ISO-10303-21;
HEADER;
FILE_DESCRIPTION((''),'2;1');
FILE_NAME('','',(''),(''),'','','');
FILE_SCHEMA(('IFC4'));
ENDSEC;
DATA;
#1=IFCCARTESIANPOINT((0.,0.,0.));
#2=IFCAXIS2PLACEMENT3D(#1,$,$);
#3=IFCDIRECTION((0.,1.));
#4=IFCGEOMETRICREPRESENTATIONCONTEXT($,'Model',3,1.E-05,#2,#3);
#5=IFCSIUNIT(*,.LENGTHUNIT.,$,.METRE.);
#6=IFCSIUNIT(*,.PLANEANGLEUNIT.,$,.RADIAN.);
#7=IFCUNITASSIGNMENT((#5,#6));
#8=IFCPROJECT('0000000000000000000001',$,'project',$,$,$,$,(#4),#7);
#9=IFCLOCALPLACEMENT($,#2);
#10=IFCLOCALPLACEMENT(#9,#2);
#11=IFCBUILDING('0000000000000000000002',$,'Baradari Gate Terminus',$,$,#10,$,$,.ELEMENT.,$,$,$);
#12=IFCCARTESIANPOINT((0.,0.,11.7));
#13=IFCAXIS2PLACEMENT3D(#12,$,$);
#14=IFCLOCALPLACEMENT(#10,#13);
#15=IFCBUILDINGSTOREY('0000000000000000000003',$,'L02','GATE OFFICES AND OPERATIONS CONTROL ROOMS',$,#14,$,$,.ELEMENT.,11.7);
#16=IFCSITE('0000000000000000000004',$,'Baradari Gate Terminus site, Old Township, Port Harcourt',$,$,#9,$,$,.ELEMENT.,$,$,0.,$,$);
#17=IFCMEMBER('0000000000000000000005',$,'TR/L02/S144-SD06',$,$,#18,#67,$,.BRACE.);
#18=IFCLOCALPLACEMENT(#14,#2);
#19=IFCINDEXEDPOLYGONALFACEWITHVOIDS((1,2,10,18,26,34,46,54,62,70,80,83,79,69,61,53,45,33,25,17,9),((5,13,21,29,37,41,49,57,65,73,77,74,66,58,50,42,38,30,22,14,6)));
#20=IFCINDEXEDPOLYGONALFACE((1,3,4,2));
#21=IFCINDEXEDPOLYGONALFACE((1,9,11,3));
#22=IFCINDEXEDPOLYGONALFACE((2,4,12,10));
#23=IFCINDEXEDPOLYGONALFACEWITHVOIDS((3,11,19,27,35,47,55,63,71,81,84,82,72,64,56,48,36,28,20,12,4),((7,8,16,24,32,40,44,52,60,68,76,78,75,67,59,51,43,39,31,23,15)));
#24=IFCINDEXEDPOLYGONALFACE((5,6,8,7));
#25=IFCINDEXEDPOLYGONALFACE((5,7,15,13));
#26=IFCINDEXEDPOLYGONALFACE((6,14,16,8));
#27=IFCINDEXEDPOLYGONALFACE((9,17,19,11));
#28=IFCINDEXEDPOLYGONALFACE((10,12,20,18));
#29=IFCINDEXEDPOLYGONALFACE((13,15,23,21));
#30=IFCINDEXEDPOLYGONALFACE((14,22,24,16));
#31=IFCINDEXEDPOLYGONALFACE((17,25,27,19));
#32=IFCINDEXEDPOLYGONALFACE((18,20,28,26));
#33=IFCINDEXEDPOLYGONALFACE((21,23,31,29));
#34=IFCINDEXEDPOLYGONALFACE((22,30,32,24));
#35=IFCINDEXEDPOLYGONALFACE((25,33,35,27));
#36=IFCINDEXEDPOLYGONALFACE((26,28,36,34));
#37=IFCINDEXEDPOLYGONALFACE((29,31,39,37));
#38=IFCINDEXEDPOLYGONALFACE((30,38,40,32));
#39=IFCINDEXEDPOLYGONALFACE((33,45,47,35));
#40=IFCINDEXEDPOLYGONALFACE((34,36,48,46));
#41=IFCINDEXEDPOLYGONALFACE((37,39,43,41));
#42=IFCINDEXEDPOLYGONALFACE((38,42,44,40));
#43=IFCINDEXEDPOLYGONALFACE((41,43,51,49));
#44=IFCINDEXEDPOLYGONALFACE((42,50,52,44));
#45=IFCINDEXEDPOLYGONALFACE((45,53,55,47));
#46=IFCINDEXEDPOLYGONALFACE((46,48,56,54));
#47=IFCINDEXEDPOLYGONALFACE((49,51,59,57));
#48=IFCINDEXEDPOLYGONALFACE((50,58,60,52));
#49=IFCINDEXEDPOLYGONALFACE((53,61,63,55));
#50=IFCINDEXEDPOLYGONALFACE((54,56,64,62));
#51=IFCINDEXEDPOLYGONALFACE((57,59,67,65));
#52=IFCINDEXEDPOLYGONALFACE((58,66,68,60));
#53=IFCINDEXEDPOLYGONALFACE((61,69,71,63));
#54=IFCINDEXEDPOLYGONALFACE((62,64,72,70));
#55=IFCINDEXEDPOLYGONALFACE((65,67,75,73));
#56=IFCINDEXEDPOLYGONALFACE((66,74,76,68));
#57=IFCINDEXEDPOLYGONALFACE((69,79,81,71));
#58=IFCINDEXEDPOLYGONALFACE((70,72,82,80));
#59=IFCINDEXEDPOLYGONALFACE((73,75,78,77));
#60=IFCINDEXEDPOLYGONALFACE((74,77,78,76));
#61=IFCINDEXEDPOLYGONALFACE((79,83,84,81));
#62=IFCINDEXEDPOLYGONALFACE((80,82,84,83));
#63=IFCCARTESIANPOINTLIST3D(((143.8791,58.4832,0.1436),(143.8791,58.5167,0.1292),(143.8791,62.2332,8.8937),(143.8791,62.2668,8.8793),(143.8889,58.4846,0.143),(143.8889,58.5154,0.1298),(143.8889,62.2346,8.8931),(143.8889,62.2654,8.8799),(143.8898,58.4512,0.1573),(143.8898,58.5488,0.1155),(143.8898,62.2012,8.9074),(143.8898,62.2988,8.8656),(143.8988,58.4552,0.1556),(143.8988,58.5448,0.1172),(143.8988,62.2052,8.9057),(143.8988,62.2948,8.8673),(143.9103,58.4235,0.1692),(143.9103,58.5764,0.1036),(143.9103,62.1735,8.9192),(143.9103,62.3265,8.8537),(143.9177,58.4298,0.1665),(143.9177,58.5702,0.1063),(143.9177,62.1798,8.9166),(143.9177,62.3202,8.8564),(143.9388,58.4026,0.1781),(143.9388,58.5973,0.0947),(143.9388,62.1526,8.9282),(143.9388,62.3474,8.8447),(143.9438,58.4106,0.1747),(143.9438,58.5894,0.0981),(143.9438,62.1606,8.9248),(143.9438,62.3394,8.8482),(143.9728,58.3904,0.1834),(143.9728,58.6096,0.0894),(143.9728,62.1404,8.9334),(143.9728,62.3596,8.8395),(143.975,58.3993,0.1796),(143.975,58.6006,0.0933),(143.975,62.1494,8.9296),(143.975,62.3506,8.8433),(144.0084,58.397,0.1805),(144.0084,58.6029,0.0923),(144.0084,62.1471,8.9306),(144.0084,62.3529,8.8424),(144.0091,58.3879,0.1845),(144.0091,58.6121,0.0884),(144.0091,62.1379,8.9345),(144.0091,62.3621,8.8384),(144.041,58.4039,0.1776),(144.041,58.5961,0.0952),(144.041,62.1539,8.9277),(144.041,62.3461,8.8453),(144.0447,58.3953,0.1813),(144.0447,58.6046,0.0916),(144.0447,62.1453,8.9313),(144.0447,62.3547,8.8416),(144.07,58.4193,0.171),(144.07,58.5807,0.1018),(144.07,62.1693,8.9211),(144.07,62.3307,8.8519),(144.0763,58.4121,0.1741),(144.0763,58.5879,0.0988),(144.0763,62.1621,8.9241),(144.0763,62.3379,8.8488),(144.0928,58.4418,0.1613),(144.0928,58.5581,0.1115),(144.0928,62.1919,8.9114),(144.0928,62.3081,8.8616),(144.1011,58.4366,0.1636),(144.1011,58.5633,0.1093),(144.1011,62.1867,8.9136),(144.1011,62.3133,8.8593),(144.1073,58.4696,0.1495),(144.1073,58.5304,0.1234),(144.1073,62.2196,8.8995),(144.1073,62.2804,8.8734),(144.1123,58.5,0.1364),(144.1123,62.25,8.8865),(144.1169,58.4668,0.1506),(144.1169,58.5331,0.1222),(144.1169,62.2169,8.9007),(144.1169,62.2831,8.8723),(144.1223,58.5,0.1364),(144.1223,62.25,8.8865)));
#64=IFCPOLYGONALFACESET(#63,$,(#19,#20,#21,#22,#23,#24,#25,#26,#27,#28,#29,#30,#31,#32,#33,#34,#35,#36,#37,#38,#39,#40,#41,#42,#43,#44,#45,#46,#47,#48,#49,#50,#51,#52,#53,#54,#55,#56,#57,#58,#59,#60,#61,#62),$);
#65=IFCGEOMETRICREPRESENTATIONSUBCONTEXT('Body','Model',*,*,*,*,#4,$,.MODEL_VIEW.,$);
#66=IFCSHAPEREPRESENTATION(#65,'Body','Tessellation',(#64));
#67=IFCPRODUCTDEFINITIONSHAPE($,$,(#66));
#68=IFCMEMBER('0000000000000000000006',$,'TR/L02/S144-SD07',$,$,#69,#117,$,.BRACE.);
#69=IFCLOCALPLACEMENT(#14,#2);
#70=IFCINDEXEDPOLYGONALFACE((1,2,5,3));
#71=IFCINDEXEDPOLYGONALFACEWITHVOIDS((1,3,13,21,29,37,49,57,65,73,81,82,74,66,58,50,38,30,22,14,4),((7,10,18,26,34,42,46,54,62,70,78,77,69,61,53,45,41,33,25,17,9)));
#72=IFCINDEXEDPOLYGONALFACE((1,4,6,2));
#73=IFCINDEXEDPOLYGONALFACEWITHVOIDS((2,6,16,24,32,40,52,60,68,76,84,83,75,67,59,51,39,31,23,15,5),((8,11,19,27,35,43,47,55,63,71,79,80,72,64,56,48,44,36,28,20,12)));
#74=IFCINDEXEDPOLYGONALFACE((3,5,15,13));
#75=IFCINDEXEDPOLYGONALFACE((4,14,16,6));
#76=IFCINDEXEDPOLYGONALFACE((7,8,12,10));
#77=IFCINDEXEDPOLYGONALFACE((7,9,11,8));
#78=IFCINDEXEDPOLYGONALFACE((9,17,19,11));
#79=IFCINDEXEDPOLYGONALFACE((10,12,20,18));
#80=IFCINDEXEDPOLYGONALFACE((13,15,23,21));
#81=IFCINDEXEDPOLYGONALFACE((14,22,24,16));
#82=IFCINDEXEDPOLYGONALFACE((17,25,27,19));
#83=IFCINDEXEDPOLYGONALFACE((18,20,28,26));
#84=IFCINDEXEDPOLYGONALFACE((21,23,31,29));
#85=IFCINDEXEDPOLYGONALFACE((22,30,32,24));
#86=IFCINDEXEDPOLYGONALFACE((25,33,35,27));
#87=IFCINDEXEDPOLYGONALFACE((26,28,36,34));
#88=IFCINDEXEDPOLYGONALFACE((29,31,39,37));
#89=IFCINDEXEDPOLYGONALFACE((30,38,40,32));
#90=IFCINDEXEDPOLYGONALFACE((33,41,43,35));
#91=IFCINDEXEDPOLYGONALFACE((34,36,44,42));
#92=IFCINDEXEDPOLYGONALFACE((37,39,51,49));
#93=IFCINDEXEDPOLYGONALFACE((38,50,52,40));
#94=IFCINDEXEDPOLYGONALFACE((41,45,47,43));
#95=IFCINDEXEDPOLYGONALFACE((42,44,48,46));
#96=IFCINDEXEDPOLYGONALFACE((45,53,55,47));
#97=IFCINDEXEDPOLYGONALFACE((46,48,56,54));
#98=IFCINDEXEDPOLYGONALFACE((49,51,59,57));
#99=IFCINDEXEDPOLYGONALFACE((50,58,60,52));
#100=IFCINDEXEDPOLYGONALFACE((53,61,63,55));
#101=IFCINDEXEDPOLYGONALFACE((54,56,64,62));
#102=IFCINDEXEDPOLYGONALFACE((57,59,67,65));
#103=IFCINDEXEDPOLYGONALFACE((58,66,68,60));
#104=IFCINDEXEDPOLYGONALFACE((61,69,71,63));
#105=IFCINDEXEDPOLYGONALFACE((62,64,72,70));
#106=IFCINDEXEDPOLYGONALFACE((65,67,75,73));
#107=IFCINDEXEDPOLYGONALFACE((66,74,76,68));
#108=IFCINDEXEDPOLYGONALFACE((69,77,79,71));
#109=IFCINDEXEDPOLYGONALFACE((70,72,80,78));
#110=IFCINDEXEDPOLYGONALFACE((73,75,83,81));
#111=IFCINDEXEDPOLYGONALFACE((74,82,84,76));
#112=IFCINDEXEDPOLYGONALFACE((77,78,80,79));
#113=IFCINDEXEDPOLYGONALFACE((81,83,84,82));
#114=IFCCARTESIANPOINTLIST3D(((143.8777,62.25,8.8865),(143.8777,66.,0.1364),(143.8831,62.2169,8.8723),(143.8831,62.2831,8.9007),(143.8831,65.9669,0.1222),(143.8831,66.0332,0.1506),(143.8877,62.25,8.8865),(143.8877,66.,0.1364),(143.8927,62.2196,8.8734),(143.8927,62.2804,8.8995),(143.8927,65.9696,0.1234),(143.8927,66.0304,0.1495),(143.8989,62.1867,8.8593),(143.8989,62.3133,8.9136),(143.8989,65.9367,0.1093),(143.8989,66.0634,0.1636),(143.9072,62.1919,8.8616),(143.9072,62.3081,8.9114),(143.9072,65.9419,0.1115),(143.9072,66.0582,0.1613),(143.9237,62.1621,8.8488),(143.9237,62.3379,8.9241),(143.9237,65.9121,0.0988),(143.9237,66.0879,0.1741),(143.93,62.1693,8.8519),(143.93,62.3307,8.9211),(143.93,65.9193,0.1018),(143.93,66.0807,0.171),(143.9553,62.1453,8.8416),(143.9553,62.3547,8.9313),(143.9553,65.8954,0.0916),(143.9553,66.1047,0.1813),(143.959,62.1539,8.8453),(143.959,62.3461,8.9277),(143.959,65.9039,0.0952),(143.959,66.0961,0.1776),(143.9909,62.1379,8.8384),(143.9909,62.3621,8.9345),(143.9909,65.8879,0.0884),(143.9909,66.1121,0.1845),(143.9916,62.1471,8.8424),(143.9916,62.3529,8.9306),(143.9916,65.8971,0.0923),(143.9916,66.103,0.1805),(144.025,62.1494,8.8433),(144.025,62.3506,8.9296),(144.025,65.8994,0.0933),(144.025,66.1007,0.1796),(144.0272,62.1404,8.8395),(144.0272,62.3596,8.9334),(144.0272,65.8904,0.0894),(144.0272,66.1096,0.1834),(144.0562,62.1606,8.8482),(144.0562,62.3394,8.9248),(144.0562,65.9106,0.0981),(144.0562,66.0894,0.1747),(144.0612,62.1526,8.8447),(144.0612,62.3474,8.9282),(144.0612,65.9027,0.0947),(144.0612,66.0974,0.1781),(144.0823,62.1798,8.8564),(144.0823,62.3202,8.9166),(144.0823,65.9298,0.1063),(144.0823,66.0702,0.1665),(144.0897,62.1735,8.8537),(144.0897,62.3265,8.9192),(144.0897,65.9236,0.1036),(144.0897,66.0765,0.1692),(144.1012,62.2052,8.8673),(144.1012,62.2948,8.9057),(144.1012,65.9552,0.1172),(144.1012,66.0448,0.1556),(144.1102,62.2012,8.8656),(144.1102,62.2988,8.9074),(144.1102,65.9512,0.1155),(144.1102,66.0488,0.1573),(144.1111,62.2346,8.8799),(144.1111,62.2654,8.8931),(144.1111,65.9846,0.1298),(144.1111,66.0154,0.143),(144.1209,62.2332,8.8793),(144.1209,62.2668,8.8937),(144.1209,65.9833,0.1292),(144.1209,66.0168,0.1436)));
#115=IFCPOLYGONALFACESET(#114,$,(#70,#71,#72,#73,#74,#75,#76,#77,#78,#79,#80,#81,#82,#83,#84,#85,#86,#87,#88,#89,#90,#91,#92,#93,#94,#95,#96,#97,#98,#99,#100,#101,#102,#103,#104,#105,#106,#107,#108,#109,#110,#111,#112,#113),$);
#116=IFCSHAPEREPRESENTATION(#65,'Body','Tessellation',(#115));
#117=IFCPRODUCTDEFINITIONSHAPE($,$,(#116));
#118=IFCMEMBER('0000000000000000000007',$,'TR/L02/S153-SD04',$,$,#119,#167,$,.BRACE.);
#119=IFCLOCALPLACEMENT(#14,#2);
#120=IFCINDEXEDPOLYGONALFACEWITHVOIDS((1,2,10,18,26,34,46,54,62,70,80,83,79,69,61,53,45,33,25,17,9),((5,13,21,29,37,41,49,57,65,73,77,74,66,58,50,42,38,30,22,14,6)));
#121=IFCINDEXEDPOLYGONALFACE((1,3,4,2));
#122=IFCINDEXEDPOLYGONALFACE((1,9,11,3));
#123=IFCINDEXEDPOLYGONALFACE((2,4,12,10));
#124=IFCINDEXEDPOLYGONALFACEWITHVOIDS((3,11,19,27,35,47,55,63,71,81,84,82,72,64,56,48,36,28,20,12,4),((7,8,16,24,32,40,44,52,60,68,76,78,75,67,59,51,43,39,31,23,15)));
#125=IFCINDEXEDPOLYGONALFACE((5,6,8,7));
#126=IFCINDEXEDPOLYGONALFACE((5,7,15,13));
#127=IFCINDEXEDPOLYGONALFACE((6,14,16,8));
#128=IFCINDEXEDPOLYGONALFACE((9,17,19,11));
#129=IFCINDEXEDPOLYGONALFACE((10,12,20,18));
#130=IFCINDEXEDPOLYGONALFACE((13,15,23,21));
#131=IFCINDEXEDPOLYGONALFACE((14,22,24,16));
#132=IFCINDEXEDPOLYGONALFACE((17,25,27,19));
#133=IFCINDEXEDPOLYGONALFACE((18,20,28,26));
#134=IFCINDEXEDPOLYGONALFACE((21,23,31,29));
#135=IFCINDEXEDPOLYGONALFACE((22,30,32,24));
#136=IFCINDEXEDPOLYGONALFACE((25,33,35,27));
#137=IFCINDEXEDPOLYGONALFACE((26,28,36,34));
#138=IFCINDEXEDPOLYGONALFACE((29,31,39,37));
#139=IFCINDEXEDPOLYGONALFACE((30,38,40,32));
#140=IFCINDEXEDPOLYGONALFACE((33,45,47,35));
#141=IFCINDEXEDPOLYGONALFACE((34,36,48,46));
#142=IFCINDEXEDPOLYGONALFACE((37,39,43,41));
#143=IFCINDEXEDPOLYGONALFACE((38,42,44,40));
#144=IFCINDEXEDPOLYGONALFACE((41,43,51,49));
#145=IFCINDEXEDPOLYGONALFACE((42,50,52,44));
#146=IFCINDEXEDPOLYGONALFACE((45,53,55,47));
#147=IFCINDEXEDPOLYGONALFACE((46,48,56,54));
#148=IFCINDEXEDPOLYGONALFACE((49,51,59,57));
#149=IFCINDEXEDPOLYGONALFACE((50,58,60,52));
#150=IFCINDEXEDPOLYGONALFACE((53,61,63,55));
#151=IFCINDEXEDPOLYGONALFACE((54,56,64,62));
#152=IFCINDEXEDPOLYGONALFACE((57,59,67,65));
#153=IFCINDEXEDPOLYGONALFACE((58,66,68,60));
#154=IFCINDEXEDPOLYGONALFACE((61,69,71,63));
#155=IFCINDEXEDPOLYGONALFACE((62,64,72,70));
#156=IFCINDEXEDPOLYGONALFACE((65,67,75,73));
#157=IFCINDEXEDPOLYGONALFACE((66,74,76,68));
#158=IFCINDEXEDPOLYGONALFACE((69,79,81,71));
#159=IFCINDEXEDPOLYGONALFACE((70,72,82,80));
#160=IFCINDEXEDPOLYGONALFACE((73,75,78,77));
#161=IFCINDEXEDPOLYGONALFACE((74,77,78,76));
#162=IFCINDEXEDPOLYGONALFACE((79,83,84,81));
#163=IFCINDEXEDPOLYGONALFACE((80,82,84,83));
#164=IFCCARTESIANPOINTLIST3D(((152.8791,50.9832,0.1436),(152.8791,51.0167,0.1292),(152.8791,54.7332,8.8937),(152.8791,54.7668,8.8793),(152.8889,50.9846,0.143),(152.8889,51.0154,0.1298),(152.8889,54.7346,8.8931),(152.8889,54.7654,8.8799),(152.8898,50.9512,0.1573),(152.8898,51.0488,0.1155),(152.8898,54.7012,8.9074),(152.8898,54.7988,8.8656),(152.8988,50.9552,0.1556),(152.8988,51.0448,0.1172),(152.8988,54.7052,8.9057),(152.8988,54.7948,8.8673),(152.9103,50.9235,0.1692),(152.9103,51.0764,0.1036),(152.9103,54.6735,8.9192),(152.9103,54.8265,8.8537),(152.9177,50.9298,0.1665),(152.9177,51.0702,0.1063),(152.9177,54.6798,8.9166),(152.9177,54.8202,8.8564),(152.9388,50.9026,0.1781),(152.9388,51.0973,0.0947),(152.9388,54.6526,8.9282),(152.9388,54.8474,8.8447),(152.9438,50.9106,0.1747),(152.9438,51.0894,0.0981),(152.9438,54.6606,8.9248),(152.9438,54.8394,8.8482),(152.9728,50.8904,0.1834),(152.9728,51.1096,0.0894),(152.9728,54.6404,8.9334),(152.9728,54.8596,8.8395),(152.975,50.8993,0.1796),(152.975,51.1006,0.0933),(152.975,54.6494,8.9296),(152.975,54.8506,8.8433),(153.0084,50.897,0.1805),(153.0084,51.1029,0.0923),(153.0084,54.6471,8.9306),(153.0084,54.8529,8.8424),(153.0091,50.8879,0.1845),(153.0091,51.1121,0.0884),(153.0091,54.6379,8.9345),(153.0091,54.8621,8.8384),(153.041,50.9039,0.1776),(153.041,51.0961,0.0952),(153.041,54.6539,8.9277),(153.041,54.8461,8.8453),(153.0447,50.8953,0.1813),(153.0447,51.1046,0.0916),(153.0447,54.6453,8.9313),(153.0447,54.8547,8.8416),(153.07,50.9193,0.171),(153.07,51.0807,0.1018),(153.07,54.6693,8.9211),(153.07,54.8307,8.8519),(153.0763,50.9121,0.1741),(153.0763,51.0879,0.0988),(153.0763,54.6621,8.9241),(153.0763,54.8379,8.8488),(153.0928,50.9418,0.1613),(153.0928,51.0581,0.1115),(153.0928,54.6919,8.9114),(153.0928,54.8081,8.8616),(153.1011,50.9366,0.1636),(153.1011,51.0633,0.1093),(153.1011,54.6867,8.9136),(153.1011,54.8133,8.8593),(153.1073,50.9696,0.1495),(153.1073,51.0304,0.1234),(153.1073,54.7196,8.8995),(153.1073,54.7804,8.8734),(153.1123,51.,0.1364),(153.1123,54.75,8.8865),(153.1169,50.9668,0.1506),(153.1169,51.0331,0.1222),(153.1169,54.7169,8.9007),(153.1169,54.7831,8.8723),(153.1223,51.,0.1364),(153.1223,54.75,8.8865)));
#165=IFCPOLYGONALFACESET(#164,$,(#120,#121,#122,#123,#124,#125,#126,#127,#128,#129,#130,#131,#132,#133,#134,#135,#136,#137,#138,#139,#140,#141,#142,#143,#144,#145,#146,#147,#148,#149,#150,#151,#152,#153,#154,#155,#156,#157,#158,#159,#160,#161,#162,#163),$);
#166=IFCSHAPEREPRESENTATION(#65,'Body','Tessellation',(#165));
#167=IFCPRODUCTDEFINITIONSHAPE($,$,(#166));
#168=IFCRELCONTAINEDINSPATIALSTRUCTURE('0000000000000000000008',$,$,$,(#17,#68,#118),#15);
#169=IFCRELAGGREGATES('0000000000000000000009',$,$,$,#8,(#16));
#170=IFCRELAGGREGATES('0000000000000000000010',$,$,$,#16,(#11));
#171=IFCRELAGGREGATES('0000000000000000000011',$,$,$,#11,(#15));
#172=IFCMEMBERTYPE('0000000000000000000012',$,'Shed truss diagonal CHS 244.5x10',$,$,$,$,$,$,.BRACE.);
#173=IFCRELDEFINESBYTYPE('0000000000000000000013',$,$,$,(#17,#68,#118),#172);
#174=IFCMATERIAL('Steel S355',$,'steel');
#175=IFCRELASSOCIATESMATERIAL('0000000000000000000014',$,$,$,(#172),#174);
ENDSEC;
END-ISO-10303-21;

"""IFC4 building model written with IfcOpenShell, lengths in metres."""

from ifc_helpers import new_model, si_unit, direction, frame, origin, origin_2d, place, context, subcontext, project, spatial, hollow_circle, extrude, material, material_profile, profile_set, type_object, element, save


model = new_model("IFC4")

# Units and contexts
model_context = context("Model", 3, precision=1e-05, world=origin(), true_north=direction((0.0, 1.0)))
body_context = subcontext(model_context, "Body", "Model", "MODEL_VIEW")
ifc_project = project(units=[si_unit("LENGTHUNIT", "METRE"), si_unit("PLANEANGLEUNIT", "RADIAN")], contexts=[model_context])

# Site, building, storey
site_placement = place(None, origin())
site = spatial("IfcSite", under=ifc_project, at=site_placement, Name="Baradari Gate Terminus site, Old Township, Port Harcourt", CompositionType="ELEMENT", RefElevation=0.0)
building_placement = place(site_placement, origin())
building = spatial("IfcBuilding", under=site, at=building_placement, Name="Baradari Gate Terminus", CompositionType="ELEMENT")
storey_placement = place(building_placement, frame((0.0, 0.0, 11.7)))
storey = spatial("IfcBuildingStorey", under=building, at=storey_placement, Name="L02", Description="GATE OFFICES AND OPERATIONS CONTROL ROOMS", CompositionType="ELEMENT", Elevation=11.7)

# Members
ifc_material_1 = material(Name="Steel S355", Category="steel")
ifc_material_profile_1 = material_profile(ifc_material_1, hollow_circle(Radius=0.1223, WallThickness=0.01, at=origin_2d()), Name="CHS 244.5x10")
ifc_profile_set_1 = profile_set([ifc_material_profile_1], Name="Steel S355")
member_type_1 = type_object("IfcMemberType", Name="Shed truss diagonal CHS 244.5x10", PredefinedType="BRACE", material=ifc_profile_set_1)
for number, where, z_axis, x_axis, name in (
    (1, (144.0, 62.25, 8.8865), (0.0, -0.393919, -0.919145), (1.0, 0.0, 0.0), "TR/L02/S144-SD06"),
    (2, (144.0, 62.25, 8.8865), (0.0, 0.393919, -0.919145), (-1.0, 0.0, 0.0), "TR/L02/S144-SD07"),
    (3, (153.0, 54.75, 8.8865), (0.0, -0.393919, -0.919145), (1.0, 0.0, 0.0), "TR/L02/S153-SD04"),
):
    element("IfcMember", number, at=place(storey_placement, frame(where, z_axis=z_axis, x_axis=x_axis)), inside=storey, type_object=member_type_1, Name=name, PredefinedType="BRACE", context=body_context, shape_type="SweptSolid", body=[
        extrude(hollow_circle(Radius=0.1223, WallThickness=0.01, at=origin_2d()), origin(), (0.0, 0.0, 1.0), 9.5198),
    ])

save(model, "model.ifc")
